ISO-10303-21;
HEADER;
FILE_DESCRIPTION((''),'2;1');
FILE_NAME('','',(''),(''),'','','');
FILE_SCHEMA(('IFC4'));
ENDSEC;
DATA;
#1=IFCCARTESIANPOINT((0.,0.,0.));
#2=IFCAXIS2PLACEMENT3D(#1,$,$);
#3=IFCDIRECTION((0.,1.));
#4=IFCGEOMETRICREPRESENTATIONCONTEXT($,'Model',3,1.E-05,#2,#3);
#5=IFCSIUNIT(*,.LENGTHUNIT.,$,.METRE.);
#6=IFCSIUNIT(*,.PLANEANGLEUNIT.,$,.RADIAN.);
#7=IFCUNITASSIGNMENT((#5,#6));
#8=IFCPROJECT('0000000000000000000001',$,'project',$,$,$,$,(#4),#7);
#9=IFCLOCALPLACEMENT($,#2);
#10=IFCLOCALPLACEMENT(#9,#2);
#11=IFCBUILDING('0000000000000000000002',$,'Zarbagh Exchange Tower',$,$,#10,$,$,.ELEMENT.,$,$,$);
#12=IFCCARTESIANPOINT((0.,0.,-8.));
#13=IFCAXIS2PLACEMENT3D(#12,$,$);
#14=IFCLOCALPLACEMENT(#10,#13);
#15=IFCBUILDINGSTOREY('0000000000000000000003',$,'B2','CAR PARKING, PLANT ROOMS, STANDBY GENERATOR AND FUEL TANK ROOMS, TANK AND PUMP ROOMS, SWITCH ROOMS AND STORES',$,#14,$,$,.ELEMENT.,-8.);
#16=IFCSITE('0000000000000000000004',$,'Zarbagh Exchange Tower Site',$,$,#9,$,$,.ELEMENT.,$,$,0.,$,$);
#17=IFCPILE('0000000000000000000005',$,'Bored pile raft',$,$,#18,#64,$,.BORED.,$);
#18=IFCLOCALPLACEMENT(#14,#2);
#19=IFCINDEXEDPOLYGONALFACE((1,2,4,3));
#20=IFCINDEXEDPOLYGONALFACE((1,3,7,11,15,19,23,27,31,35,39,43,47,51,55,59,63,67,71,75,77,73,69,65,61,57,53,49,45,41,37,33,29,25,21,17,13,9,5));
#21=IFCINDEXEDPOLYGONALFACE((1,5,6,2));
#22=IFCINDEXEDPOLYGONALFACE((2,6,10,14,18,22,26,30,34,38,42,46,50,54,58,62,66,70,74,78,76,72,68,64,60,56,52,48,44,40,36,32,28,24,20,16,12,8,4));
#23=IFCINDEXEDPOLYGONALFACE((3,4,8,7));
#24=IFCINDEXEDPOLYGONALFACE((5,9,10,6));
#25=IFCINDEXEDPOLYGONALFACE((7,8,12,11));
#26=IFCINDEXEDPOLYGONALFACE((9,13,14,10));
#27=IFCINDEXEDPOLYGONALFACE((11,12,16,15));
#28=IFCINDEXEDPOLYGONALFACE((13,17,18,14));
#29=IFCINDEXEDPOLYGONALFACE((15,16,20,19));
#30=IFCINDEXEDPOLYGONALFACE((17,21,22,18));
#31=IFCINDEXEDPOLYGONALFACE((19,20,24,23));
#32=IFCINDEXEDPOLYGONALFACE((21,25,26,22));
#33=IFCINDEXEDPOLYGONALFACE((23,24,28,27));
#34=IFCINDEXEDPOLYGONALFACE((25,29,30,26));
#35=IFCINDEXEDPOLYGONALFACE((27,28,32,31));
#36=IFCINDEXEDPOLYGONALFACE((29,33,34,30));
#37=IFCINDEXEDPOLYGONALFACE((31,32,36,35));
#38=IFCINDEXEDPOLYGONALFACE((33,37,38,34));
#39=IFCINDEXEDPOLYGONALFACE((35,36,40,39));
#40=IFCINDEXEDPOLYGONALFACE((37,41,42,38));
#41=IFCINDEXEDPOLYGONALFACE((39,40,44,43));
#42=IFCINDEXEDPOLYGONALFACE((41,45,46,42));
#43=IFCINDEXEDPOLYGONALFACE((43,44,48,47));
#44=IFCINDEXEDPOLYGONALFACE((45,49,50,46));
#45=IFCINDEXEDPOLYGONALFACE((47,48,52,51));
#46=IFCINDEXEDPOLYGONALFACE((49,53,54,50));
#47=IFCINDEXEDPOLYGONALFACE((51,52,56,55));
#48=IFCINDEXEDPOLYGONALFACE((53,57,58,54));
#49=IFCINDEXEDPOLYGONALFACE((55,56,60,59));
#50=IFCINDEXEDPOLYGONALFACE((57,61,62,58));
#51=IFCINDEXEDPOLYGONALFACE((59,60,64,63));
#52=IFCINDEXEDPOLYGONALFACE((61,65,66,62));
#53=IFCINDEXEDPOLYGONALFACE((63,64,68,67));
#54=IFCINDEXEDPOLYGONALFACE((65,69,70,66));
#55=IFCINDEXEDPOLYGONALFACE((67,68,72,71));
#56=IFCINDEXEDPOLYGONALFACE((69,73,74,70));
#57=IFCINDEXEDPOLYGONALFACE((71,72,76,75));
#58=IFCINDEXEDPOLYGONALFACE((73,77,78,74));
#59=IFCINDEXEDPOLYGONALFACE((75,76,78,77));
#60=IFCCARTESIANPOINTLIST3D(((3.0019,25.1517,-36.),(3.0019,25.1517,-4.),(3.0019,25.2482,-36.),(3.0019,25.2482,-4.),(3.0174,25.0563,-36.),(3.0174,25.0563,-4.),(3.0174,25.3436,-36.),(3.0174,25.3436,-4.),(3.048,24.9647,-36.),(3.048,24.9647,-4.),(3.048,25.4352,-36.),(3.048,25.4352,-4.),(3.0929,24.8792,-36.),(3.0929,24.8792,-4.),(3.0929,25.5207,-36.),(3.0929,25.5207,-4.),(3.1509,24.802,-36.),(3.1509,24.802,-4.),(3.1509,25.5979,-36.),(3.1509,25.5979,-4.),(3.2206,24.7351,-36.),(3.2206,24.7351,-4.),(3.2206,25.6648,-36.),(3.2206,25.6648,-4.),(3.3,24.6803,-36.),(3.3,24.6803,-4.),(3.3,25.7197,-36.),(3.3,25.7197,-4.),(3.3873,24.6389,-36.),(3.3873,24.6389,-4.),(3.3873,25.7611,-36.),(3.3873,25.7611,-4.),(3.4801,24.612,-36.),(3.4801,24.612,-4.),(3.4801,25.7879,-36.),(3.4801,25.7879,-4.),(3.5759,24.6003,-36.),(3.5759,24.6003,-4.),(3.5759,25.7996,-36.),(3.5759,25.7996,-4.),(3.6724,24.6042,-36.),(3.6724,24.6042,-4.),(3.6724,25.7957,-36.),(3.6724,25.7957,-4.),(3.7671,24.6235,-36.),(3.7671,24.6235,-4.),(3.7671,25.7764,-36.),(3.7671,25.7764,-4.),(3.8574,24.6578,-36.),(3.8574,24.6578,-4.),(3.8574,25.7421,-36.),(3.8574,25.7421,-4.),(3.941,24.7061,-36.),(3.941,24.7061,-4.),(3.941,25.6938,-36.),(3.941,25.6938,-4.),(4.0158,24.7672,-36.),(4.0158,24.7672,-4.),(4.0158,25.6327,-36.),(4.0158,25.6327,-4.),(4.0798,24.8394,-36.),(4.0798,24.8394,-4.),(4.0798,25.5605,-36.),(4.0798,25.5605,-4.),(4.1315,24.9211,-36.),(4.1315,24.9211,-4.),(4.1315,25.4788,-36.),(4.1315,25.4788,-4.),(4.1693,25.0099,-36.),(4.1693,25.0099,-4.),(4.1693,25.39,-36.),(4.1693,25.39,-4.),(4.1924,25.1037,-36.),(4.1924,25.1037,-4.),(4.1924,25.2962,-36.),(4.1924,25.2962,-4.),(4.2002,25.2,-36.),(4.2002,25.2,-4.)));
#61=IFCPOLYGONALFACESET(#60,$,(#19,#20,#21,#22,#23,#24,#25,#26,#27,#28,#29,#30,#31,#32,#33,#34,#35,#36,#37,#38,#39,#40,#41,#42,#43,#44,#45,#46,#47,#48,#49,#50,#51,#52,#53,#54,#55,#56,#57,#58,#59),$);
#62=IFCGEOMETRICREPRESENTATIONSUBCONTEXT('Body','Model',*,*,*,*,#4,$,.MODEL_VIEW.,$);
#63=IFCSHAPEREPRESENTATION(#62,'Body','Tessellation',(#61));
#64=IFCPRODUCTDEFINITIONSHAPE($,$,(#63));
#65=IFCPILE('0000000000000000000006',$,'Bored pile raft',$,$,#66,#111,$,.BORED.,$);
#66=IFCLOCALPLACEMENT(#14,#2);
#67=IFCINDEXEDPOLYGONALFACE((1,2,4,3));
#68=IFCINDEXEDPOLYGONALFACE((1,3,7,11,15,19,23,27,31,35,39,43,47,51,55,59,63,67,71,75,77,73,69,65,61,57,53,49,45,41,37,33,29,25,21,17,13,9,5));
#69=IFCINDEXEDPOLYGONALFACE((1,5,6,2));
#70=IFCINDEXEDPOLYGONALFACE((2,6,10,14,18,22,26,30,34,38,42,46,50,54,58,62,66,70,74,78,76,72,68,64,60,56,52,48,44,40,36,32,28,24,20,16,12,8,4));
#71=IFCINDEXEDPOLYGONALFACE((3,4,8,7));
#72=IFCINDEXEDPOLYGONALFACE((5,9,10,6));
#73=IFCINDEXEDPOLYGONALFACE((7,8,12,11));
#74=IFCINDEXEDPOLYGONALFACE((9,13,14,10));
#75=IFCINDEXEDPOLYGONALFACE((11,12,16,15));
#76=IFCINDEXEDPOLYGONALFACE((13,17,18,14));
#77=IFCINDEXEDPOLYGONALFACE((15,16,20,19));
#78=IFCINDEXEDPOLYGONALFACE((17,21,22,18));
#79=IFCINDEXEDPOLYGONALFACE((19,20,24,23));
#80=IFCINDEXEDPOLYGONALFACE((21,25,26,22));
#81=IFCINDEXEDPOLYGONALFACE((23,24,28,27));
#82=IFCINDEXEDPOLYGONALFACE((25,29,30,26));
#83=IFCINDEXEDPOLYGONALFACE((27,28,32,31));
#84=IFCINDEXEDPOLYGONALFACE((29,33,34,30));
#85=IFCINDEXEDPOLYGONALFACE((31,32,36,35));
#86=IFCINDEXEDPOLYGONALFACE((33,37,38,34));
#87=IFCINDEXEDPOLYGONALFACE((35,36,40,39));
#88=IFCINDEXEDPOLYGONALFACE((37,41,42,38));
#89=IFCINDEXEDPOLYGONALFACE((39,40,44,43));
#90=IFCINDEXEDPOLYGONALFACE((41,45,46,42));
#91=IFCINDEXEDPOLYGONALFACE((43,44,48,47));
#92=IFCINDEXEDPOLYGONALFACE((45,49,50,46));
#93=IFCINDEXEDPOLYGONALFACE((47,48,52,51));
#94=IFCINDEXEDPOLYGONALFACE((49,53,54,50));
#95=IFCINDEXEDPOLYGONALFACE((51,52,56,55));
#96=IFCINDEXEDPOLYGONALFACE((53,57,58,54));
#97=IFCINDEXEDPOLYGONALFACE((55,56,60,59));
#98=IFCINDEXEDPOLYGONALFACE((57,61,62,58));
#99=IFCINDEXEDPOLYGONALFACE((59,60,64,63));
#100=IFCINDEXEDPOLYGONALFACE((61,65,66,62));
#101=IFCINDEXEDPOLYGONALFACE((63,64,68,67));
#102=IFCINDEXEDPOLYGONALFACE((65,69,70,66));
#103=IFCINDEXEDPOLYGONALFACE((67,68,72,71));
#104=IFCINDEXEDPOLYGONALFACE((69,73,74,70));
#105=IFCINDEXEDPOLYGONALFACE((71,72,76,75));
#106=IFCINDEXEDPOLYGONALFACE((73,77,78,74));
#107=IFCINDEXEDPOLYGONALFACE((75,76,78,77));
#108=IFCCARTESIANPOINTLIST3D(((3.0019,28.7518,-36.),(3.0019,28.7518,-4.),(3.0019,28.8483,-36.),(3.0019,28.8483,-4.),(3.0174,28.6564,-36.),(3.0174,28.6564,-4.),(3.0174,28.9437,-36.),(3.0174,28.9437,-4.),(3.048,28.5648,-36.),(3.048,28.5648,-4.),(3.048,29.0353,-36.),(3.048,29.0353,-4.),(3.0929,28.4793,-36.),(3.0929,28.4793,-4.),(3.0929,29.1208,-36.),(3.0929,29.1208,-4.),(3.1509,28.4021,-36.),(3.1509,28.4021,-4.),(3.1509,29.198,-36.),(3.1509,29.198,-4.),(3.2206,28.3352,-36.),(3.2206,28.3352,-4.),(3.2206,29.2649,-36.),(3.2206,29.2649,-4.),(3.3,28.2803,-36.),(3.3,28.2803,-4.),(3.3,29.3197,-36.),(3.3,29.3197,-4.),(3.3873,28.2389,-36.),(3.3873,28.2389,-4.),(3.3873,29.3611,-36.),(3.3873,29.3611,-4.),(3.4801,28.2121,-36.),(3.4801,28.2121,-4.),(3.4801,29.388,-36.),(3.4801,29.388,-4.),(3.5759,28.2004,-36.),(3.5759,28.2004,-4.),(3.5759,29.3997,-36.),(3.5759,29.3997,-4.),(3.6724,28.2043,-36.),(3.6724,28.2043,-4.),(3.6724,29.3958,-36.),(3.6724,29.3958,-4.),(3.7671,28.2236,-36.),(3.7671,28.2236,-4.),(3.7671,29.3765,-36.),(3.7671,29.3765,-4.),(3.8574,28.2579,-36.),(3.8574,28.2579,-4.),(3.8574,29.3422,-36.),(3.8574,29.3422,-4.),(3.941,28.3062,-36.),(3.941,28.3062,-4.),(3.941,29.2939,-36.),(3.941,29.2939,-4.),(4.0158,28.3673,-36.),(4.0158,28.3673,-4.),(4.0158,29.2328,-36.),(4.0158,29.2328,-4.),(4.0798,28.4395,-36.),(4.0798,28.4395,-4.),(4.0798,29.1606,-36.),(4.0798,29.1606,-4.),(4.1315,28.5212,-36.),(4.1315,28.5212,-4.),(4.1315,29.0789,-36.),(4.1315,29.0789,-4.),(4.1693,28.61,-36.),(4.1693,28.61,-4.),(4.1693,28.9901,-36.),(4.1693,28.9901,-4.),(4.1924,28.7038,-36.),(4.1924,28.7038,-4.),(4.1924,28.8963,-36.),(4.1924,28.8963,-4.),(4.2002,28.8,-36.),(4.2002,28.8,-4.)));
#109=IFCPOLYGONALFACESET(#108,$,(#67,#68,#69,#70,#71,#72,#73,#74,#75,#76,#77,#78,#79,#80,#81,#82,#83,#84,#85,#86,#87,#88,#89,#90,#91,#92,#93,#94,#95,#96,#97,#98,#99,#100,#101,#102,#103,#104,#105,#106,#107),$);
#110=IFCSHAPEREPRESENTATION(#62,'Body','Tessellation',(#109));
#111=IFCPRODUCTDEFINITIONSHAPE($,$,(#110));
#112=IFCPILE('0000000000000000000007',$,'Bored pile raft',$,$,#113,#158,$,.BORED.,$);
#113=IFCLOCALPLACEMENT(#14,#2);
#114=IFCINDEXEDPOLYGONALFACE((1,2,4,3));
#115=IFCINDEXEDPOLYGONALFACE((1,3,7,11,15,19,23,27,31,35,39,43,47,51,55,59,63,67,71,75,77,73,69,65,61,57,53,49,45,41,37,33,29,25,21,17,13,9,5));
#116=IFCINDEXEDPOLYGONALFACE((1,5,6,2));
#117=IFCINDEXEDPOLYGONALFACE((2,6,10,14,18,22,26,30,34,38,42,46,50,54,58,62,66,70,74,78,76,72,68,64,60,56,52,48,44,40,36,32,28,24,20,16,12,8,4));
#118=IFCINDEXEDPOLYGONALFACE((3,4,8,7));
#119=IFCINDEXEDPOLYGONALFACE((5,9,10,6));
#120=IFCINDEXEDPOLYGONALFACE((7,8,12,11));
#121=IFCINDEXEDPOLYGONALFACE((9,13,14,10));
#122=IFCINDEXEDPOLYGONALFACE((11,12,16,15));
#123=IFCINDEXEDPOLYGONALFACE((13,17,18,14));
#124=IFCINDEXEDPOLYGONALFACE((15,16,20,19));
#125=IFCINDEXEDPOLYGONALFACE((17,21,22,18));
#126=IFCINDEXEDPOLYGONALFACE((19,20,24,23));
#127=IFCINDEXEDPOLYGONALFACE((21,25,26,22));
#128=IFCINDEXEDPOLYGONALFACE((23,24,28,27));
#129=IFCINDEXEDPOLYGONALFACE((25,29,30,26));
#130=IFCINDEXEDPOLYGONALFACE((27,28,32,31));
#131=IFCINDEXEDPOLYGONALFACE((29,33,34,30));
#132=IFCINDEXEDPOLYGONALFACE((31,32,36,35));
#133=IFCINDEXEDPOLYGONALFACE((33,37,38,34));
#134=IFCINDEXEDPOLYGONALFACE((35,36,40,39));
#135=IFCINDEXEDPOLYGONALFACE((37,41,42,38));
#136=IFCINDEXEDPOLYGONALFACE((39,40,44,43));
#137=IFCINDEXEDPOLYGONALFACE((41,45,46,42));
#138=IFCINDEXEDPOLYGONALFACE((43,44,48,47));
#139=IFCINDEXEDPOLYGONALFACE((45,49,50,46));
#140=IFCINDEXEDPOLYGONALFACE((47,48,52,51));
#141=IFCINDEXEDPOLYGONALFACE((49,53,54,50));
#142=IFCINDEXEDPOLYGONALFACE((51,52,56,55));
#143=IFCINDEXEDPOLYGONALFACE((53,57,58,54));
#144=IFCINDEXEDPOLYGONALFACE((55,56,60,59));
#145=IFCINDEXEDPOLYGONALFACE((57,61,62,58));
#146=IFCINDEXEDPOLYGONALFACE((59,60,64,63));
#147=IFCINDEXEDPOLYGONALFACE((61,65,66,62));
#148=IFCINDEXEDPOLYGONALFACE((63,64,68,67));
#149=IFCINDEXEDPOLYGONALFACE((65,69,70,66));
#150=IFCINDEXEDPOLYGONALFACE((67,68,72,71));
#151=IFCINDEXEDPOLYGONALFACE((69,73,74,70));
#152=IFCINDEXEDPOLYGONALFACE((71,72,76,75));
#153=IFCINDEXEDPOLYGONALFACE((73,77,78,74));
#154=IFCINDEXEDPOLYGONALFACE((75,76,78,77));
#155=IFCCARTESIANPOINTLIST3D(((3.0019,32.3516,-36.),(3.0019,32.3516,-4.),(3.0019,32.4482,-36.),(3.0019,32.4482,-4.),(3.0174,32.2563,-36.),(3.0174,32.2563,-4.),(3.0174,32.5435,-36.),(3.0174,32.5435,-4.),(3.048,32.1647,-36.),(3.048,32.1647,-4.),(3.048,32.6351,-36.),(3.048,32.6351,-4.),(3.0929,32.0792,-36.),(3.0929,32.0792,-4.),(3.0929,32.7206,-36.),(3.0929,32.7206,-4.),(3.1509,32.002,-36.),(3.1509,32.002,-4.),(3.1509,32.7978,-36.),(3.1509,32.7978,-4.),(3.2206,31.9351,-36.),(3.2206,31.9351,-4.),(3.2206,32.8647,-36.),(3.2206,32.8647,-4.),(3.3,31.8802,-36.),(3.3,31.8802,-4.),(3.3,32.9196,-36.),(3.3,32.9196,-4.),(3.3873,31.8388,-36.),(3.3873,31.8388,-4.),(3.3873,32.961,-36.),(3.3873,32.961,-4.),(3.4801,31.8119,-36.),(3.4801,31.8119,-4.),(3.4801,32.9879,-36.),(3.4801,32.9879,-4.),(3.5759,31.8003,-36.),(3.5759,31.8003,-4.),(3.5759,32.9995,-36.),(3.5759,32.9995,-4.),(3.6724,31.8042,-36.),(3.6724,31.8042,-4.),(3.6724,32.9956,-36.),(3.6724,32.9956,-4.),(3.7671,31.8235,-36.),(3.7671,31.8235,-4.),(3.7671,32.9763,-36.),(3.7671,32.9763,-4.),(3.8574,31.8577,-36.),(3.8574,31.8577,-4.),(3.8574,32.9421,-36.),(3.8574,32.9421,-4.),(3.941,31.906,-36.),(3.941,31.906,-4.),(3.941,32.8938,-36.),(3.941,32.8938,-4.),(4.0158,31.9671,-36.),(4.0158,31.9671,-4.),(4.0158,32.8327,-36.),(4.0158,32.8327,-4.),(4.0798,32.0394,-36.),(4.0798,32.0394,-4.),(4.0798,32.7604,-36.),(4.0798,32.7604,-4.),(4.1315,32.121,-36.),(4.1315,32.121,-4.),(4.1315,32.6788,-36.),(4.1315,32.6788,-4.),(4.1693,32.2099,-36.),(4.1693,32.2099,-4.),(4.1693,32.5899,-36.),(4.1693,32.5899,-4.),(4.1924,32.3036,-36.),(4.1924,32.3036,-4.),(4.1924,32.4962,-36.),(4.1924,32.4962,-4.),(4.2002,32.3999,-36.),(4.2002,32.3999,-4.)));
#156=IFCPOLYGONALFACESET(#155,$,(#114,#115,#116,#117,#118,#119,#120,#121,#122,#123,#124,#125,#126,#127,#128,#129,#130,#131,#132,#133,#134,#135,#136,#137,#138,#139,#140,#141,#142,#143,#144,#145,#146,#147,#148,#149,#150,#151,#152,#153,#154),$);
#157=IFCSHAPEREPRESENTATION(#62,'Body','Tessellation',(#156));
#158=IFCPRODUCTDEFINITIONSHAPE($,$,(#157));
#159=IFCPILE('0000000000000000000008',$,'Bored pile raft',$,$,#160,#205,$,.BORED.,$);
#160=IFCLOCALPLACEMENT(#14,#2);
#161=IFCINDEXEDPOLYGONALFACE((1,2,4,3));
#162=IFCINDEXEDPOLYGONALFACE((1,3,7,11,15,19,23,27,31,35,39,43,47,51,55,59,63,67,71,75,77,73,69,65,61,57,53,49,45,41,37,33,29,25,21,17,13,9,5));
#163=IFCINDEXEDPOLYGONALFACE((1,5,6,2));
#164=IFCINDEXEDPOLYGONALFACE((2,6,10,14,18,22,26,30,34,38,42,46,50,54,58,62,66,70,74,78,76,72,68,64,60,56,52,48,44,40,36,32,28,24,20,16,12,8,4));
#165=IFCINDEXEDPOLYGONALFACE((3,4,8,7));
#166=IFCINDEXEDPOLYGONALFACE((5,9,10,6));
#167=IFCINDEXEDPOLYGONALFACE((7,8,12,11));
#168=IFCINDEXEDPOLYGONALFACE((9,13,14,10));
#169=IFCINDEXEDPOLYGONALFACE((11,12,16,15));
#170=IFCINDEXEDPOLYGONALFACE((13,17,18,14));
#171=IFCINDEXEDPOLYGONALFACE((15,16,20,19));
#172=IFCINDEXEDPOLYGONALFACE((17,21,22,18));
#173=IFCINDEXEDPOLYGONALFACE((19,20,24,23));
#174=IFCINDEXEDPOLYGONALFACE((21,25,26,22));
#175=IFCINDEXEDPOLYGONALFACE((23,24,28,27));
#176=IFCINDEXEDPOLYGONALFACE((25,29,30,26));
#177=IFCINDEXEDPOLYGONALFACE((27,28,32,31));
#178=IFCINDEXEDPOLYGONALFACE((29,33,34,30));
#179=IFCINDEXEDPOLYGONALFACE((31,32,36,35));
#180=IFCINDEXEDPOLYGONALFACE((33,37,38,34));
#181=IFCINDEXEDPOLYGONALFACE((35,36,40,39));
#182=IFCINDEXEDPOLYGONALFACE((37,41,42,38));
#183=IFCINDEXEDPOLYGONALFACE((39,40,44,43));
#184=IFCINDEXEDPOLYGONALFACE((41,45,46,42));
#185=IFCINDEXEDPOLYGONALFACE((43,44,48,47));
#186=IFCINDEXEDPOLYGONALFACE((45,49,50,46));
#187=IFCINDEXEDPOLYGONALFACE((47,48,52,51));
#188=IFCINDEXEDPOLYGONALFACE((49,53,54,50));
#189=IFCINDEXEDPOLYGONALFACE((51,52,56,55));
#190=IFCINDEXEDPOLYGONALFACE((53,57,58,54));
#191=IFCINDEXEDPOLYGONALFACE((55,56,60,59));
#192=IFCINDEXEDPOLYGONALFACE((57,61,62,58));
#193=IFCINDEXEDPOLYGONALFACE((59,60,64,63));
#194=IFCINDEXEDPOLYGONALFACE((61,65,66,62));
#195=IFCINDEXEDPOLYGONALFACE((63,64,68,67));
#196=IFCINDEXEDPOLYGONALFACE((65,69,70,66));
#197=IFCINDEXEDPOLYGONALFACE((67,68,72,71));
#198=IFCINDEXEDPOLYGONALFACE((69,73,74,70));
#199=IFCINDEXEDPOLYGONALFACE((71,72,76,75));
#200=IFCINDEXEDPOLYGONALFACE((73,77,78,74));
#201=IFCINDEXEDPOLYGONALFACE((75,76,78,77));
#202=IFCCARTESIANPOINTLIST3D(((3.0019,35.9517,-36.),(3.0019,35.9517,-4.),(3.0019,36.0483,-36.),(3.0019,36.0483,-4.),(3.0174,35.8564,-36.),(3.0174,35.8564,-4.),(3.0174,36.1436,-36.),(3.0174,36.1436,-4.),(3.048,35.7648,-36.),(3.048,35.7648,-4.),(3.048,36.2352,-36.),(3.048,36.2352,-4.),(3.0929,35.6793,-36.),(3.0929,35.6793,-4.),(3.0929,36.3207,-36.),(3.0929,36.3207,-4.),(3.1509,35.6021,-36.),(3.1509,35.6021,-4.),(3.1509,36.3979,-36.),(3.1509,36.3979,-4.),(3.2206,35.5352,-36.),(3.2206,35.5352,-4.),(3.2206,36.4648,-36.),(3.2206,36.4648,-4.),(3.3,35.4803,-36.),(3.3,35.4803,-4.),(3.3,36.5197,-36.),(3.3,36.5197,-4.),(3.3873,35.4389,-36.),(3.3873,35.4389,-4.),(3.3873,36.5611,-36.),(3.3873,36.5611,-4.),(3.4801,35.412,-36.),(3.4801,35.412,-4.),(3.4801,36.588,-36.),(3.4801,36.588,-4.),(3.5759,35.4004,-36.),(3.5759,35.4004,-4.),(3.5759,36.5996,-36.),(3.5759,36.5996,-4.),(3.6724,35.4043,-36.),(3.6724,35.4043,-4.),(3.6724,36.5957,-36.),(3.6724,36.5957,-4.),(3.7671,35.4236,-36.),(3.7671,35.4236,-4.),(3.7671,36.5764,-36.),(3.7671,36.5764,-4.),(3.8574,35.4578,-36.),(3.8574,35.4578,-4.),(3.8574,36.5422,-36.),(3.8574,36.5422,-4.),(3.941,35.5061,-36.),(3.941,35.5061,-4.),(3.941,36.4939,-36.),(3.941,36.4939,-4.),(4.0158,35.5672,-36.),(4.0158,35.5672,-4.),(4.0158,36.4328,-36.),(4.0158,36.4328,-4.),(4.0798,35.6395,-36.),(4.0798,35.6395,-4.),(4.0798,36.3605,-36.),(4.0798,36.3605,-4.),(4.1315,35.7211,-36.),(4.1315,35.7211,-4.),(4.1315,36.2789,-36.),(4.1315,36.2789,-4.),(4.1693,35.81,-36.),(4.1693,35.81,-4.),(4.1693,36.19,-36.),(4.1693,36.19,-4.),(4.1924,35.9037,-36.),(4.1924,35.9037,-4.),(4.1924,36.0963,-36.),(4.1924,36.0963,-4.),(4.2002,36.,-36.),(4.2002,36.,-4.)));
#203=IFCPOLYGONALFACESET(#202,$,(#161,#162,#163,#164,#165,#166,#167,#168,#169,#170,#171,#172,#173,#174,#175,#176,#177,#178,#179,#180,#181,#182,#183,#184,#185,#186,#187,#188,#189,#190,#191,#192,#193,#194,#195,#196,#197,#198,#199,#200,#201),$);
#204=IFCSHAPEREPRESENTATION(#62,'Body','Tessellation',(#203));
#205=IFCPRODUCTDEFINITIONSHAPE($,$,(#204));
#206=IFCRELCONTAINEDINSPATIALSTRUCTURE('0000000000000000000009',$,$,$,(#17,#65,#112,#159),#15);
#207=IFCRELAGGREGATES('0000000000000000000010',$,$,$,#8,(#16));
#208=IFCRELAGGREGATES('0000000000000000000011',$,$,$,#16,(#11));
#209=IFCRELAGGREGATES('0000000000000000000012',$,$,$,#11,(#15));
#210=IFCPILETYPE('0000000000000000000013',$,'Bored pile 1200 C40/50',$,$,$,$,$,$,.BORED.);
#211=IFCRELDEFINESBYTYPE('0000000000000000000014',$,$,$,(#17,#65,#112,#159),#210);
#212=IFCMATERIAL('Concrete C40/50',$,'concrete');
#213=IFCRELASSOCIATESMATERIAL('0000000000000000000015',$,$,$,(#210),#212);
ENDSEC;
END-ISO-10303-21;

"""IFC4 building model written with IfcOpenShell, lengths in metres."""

from ifc_helpers import new_model, si_unit, direction, frame, origin, origin_2d, place, context, subcontext, project, spatial, circle, extrude, material, material_profile, profile_set, type_object, element, save


model = new_model("IFC4")

# Units and contexts
model_context = context("Model", 3, precision=1e-05, world=origin(), true_north=direction((0.0, 1.0)))
body_context = subcontext(model_context, "Body", "Model", "MODEL_VIEW")
ifc_project = project(units=[si_unit("LENGTHUNIT", "METRE"), si_unit("PLANEANGLEUNIT", "RADIAN")], contexts=[model_context])

# Site, building, storey
site_placement = place(None, origin())
site = spatial("IfcSite", under=ifc_project, at=site_placement, Name="Zarbagh Exchange Tower Site", CompositionType="ELEMENT", RefElevation=0.0)
building_placement = place(site_placement, origin())
building = spatial("IfcBuilding", under=site, at=building_placement, Name="Zarbagh Exchange Tower", CompositionType="ELEMENT")
storey_placement = place(building_placement, frame((0.0, 0.0, -8.0)))
storey = spatial("IfcBuildingStorey", under=building, at=storey_placement, Name="B2", Description="CAR PARKING, PLANT ROOMS, STANDBY GENERATOR AND FUEL TANK ROOMS, TANK AND PUMP ROOMS, SWITCH ROOMS AND STORES", CompositionType="ELEMENT", Elevation=-8.0)

# Piles
ifc_material_1 = material(Name="Concrete C40/50", Category="concrete")
ifc_material_profile_1 = material_profile(ifc_material_1, circle(Radius=0.6001, at=origin_2d()), Name="Bored pile 1200 C40/50")
ifc_profile_set_1 = profile_set([ifc_material_profile_1], Name="Concrete C40/50")
pile_type = type_object("IfcPileType", Name="Bored pile 1200 C40/50", PredefinedType="BORED", material=ifc_profile_set_1)
for number, where, z_axis, x_axis, name in (
    (1, (3.6001, 25.2, -4.0), (0.0, 0.0, -1.0), (1.0, 0.0, 0.0), "Bored pile raft"),
    (2, (3.6001, 28.8, -4.0), (0.0, 0.0, -1.0), (1.0, 0.0, 0.0), "Bored pile raft"),
    (3, (3.6001, 32.3999, -4.0), (0.0, 0.0, -1.0), (1.0, 0.0, 0.0), "Bored pile raft"),
    (4, (3.6001, 36.0, -4.0), (0.0, 0.0, -1.0), (1.0, 0.0, 0.0), "Bored pile raft"),
):
    element("IfcPile", number, at=place(storey_placement, frame(where, z_axis=z_axis, x_axis=x_axis)), inside=storey, type_object=pile_type, Name=name, PredefinedType="BORED", context=body_context, shape_type="SweptSolid", body=[
        extrude(circle(Radius=0.6001, at=origin_2d()), origin(), (0.0, 0.0, 1.0), 32.0),
    ])

save(model, "model.ifc")
